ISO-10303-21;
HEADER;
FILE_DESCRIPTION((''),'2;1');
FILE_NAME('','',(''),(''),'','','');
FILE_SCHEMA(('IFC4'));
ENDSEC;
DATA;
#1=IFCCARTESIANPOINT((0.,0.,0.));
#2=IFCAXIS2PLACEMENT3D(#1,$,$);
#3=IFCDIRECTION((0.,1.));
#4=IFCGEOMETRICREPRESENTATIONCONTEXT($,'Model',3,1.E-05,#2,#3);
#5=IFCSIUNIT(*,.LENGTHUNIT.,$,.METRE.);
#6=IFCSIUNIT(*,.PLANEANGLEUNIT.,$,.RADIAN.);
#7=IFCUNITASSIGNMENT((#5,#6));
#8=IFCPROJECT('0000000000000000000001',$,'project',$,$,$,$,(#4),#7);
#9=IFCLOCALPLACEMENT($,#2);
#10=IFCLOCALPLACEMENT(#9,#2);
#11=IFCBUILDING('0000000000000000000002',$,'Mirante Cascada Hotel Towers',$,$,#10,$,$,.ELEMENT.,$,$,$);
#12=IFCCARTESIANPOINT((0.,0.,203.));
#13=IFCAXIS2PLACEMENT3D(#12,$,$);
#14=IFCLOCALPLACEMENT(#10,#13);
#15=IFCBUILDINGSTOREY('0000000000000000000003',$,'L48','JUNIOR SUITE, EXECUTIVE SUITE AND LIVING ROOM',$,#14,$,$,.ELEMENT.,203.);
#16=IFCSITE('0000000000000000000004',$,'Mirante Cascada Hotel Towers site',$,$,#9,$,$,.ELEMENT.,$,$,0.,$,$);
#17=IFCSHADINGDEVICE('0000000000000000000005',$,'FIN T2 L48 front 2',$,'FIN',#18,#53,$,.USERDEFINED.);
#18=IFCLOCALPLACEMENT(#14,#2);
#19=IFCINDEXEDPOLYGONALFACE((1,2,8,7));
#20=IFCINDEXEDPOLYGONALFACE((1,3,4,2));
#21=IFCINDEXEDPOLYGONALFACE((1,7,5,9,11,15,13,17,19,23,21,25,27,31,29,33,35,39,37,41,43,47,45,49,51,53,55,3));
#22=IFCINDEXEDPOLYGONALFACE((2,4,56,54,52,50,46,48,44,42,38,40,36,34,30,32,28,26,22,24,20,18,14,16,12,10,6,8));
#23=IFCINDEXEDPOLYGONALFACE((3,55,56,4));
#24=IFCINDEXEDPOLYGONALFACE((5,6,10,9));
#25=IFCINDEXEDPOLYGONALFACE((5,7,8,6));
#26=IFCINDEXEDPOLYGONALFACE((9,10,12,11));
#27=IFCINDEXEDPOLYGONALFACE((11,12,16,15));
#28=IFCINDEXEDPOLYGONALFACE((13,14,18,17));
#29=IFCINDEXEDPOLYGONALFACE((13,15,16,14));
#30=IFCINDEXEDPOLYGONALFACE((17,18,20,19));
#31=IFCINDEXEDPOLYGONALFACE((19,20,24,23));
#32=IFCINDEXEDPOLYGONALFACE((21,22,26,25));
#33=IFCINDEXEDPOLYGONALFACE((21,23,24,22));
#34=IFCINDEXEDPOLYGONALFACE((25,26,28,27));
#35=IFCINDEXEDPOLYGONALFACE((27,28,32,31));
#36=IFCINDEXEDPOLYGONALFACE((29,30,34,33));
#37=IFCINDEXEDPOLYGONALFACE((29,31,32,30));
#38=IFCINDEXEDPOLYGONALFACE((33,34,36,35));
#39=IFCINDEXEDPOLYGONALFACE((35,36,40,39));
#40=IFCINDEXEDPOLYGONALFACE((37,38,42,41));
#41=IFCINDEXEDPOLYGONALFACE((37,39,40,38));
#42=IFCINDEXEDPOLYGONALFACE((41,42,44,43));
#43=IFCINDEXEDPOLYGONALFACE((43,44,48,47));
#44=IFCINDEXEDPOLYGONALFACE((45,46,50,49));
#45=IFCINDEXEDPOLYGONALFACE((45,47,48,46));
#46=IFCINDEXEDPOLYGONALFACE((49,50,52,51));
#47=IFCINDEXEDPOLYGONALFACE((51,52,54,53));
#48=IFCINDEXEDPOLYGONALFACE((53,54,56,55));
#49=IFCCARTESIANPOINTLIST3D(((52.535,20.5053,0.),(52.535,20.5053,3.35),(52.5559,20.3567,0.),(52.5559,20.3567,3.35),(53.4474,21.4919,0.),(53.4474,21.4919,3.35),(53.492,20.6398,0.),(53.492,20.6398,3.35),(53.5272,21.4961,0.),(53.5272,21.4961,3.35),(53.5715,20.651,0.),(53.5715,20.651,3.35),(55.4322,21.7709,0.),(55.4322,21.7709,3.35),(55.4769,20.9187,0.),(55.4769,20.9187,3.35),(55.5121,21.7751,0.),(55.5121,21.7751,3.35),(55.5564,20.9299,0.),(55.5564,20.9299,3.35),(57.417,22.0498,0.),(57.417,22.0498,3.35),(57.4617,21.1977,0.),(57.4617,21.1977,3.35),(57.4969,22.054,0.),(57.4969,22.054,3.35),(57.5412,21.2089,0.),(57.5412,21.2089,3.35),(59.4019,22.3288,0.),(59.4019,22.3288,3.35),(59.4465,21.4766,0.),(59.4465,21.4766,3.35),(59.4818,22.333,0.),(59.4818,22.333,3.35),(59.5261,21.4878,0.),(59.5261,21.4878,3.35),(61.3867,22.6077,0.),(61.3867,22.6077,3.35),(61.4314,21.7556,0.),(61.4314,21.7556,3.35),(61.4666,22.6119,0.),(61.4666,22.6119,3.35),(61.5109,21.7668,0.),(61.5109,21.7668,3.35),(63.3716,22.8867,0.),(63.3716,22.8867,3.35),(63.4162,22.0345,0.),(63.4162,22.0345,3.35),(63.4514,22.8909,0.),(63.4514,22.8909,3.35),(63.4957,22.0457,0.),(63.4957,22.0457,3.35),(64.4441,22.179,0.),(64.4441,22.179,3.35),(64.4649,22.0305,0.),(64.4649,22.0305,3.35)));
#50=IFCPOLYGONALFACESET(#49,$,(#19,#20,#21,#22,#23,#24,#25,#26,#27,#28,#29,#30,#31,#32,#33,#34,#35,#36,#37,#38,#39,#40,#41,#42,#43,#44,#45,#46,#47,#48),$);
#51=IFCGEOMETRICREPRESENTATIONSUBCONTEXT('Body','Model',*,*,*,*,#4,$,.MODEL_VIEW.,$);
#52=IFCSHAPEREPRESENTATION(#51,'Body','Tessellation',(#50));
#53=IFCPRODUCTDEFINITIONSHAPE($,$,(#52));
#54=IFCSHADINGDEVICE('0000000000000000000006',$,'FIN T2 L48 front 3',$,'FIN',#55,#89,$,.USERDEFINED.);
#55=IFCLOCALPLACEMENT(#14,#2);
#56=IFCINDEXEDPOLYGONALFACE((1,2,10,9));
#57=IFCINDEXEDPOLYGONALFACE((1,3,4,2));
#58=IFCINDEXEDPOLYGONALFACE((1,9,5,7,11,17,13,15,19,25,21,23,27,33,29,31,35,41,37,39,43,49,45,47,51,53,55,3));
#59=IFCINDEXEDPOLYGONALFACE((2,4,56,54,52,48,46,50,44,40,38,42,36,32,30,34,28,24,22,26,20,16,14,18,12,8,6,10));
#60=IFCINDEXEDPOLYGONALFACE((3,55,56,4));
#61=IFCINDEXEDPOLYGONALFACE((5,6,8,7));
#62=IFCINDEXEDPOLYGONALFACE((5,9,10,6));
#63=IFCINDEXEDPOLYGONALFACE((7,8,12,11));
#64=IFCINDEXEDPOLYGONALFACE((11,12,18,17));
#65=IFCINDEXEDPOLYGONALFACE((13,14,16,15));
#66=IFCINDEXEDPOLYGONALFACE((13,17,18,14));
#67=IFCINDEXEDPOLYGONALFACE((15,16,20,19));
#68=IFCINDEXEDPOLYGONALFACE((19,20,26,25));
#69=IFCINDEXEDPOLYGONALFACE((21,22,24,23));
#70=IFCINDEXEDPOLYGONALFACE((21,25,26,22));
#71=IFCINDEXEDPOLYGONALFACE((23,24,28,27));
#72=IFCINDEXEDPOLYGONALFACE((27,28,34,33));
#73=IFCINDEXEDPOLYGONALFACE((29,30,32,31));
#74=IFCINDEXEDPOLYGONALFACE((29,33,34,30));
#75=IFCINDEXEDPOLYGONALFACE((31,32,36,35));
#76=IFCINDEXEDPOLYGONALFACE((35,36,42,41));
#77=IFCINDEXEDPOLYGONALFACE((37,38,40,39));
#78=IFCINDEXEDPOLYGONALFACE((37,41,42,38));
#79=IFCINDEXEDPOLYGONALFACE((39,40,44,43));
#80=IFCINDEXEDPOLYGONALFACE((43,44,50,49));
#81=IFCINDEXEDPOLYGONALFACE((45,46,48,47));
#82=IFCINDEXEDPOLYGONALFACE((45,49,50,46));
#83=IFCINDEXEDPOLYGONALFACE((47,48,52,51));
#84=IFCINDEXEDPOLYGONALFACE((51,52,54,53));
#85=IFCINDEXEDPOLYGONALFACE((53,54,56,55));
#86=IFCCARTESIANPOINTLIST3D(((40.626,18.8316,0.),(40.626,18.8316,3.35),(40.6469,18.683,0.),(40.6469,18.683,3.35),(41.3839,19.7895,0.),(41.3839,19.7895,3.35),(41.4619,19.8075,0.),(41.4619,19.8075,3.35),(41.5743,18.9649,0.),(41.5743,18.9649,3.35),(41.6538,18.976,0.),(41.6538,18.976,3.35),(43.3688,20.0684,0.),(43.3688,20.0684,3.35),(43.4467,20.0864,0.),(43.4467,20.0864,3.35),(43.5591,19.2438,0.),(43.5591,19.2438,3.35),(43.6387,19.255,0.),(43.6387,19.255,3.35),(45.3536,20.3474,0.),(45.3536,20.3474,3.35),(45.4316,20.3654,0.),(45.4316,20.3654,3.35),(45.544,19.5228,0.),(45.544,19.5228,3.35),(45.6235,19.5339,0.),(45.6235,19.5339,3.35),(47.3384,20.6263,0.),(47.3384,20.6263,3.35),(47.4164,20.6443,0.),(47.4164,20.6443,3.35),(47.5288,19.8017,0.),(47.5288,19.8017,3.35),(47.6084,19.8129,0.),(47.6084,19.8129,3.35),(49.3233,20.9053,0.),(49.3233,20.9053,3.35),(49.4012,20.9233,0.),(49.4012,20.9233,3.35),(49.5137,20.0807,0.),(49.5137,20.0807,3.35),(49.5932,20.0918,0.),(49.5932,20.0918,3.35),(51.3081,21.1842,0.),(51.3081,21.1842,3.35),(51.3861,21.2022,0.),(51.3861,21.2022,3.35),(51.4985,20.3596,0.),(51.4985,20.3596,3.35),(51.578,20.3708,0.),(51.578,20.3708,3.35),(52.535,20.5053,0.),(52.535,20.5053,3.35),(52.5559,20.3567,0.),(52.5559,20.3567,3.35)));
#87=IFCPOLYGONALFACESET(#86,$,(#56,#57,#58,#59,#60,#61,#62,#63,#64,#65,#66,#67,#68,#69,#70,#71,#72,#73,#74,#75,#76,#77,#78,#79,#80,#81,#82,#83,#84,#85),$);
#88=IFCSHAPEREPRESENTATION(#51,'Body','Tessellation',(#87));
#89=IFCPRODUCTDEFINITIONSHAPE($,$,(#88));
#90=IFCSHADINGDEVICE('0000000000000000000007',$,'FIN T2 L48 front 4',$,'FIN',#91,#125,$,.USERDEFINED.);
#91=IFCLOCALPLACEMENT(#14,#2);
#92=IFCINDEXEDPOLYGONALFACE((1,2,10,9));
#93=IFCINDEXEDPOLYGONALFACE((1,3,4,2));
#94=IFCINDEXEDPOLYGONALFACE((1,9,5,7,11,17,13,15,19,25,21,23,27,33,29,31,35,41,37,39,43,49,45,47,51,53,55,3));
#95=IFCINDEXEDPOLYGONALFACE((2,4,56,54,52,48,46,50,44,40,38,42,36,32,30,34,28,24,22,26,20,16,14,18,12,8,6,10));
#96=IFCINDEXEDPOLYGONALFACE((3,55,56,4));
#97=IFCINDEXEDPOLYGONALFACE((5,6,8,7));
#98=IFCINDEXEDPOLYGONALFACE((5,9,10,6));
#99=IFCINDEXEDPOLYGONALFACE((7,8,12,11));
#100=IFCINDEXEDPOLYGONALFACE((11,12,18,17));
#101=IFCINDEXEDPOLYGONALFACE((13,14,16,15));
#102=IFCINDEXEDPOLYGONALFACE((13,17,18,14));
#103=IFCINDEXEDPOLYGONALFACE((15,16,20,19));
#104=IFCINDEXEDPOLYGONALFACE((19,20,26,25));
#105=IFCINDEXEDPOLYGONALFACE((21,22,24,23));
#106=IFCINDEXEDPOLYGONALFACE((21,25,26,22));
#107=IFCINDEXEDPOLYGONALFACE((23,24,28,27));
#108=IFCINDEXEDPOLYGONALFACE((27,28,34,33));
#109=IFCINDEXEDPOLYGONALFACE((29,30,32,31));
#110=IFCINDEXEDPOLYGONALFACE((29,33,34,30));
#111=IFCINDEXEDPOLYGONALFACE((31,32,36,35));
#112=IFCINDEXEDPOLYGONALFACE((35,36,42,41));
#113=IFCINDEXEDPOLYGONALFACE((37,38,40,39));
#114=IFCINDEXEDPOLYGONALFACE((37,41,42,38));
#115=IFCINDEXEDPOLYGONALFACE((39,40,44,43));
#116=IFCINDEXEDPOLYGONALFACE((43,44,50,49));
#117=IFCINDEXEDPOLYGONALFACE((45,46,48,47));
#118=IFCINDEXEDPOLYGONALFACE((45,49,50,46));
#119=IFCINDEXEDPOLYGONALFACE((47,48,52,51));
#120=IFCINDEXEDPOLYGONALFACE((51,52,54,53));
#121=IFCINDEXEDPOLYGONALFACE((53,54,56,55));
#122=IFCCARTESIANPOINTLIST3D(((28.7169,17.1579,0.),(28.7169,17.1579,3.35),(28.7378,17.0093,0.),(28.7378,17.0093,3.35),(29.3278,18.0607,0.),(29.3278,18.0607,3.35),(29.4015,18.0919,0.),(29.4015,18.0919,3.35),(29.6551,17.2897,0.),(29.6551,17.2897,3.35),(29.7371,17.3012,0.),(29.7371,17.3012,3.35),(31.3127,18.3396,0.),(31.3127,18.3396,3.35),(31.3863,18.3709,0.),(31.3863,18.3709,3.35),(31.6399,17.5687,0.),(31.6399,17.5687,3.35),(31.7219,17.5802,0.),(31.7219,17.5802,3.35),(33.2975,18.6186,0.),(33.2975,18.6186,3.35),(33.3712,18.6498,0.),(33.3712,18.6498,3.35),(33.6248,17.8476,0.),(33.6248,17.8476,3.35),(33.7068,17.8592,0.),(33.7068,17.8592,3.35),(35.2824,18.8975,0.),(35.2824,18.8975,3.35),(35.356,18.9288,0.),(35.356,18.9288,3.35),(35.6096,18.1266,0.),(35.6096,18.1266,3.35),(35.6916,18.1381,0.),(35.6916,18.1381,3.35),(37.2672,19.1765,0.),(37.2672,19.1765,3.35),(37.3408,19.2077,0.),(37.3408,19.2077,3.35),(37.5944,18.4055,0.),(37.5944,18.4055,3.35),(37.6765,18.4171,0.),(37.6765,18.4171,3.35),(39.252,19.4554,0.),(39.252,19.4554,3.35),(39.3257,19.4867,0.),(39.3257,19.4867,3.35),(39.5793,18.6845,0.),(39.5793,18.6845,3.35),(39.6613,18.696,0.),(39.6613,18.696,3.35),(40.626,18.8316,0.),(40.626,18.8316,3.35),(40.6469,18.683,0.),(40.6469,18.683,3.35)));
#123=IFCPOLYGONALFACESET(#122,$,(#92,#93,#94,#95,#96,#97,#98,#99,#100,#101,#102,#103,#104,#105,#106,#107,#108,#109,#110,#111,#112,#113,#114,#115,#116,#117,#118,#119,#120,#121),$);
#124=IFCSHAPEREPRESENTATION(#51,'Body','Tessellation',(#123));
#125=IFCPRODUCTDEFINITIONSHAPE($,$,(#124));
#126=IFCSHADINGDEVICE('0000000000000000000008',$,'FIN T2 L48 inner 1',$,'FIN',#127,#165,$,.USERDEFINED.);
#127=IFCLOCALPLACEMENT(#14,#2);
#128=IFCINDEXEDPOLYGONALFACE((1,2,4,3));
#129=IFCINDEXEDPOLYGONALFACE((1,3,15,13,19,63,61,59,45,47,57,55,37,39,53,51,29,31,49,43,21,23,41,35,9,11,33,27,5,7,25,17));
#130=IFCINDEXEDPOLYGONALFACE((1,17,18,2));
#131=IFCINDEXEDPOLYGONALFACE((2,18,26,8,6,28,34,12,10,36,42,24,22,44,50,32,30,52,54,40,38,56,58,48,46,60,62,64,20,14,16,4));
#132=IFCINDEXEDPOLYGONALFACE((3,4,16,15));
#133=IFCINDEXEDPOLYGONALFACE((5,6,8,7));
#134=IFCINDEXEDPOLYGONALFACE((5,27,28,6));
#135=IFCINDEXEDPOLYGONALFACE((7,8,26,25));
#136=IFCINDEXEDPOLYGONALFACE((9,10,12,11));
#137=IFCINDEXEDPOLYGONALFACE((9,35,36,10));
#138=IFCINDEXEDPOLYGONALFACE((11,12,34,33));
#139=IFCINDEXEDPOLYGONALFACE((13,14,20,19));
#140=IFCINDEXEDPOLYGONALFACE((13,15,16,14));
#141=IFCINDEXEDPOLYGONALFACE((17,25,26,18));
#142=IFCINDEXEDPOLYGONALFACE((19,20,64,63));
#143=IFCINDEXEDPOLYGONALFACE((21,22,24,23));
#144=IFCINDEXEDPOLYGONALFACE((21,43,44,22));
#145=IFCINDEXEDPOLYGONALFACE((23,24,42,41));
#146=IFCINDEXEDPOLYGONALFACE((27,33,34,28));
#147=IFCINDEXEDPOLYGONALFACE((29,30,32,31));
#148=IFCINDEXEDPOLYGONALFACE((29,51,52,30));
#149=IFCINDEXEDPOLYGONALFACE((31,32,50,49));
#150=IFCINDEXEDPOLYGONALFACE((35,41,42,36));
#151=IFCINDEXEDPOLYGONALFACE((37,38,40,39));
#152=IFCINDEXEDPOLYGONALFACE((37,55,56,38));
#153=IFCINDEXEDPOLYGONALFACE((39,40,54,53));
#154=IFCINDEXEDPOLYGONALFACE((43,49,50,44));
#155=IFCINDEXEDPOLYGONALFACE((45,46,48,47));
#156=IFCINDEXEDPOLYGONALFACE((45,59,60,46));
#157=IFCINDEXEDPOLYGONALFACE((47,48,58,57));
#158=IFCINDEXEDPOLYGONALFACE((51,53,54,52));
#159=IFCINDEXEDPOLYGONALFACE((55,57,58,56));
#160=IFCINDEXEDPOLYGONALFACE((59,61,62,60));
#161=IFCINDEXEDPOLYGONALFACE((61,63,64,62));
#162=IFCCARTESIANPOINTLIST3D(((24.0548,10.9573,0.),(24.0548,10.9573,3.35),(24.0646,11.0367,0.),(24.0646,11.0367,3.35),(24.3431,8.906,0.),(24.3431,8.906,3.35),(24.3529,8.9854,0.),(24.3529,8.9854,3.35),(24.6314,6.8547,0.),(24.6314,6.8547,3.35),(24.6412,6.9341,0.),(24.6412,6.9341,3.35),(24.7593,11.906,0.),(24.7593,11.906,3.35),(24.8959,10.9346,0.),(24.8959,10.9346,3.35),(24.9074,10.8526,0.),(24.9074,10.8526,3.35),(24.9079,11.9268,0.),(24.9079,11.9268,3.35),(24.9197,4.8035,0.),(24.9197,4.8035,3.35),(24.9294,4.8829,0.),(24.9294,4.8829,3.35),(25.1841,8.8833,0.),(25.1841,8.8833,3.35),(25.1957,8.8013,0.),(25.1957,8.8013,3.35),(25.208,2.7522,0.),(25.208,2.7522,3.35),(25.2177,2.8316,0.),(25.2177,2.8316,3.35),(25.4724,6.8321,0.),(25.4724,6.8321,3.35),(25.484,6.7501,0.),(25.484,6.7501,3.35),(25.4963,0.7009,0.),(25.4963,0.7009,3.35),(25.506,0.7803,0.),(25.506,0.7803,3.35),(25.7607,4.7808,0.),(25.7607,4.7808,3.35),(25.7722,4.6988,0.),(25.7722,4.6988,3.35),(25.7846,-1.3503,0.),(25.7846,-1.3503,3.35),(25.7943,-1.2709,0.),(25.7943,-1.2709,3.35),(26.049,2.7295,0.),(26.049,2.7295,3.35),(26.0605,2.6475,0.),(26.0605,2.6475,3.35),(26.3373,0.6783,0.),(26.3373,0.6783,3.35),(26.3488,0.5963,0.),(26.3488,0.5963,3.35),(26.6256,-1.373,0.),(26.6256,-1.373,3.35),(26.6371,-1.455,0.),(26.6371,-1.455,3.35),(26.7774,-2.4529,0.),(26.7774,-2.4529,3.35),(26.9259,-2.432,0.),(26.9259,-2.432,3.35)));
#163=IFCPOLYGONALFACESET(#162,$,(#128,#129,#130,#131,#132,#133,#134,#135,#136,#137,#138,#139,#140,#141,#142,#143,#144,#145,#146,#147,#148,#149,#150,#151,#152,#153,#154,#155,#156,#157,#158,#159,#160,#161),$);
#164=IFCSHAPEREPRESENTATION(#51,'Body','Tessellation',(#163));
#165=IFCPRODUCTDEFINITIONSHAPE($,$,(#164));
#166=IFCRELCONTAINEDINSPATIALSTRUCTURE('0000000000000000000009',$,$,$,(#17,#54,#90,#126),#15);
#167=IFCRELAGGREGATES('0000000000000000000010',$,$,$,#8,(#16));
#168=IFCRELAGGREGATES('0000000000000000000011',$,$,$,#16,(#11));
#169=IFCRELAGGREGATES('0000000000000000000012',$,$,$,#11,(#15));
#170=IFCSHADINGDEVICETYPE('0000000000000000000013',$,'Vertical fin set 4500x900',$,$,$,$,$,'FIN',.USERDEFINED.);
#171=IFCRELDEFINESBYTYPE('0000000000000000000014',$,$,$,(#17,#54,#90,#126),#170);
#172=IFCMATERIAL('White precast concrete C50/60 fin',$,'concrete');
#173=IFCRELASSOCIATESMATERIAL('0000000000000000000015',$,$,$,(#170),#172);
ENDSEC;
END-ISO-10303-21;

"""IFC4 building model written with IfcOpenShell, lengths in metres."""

from ifc_helpers import new_model, si_unit, direction, frame, origin, place, context, subcontext, project, spatial, polyline, outline, extrude, material, type_object, element, save


model = new_model("IFC4")

# Units and contexts
model_context = context("Model", 3, precision=1e-05, world=origin(), true_north=direction((0.0, 1.0)))
body_context = subcontext(model_context, "Body", "Model", "MODEL_VIEW")
ifc_project = project(units=[si_unit("LENGTHUNIT", "METRE"), si_unit("PLANEANGLEUNIT", "RADIAN")], contexts=[model_context])

# Site, building, storey
site_placement = place(None, origin())
site = spatial("IfcSite", under=ifc_project, at=site_placement, Name="Mirante Cascada Hotel Towers site", CompositionType="ELEMENT", RefElevation=0.0)
building_placement = place(site_placement, origin())
building = spatial("IfcBuilding", under=site, at=building_placement, Name="Mirante Cascada Hotel Towers", CompositionType="ELEMENT")
storey_placement = place(building_placement, frame((0.0, 0.0, 203.0)))
storey = spatial("IfcBuildingStorey", under=building, at=storey_placement, Name="L48", Description="JUNIOR SUITE, EXECUTIVE SUITE AND LIVING ROOM", CompositionType="ELEMENT", Elevation=203.0)

# Shading devices
ifc_material_1 = material(Name="White precast concrete C50/60 fin", Category="concrete")
shading_device_type = type_object("IfcShadingDeviceType", Name="Vertical fin set 4500x900", ElementType="FIN", PredefinedType="USERDEFINED", material=ifc_material_1)
shading_device_1_placement = place(storey_placement, origin())
element("IfcShadingDevice", 1, at=shading_device_1_placement, inside=storey, type_object=shading_device_type, Name="FIN T2 L48 front 2", ObjectType="FIN", PredefinedType="USERDEFINED", context=body_context, shape_type="SweptSolid", body=[
    extrude(outline(polyline([(53.5272, 21.4961), (53.5715, 20.651), (55.4769, 20.9187), (55.4322, 21.7709), (55.5121, 21.7751), (55.5564, 20.9299), (57.4617, 21.1977), (57.417, 22.0498), (57.4969, 22.054), (57.5412, 21.2089), (59.4465, 21.4766), (59.4019, 22.3288), (59.4818, 22.333), (59.5261, 21.4878), (61.4314, 21.7556), (61.3867, 22.6077), (61.4666, 22.6119), (61.5109, 21.7668), (63.4162, 22.0345), (63.3716, 22.8867), (63.4514, 22.8909), (63.4957, 22.0457), (64.4441, 22.179), (64.4649, 22.0305), (52.5559, 20.3567), (52.535, 20.5053), (53.492, 20.6398), (53.4474, 21.4919), (53.5272, 21.4961)])), origin(), (0.0, 0.0, 1.0), 3.35),
])
shading_device_2_placement = place(storey_placement, origin())
element("IfcShadingDevice", 2, at=shading_device_2_placement, inside=storey, type_object=shading_device_type, Name="FIN T2 L48 front 3", ObjectType="FIN", PredefinedType="USERDEFINED", context=body_context, shape_type="SweptSolid", body=[
    extrude(outline(polyline([(41.4619, 19.8075), (41.6538, 18.976), (43.5591, 19.2438), (43.3688, 20.0684), (43.4467, 20.0864), (43.6387, 19.255), (45.544, 19.5228), (45.3536, 20.3474), (45.4316, 20.3654), (45.6235, 19.5339), (47.5288, 19.8017), (47.3384, 20.6263), (47.4164, 20.6443), (47.6084, 19.8129), (49.5137, 20.0807), (49.3233, 20.9053), (49.4012, 20.9233), (49.5932, 20.0918), (51.4985, 20.3596), (51.3081, 21.1842), (51.3861, 21.2022), (51.578, 20.3708), (52.535, 20.5053), (52.5559, 20.3567), (40.6469, 18.683), (40.626, 18.8316), (41.5743, 18.9649), (41.3839, 19.7895), (41.4619, 19.8075)])), origin(), (0.0, 0.0, 1.0), 3.35),
])
shading_device_3_placement = place(storey_placement, origin())
element("IfcShadingDevice", 3, at=shading_device_3_placement, inside=storey, type_object=shading_device_type, Name="FIN T2 L48 front 4", ObjectType="FIN", PredefinedType="USERDEFINED", context=body_context, shape_type="SweptSolid", body=[
    extrude(outline(polyline([(29.4015, 18.0919), (29.7371, 17.3012), (31.6399, 17.5687), (31.3127, 18.3396), (31.3863, 18.3709), (31.7219, 17.5802), (33.6248, 17.8476), (33.2975, 18.6186), (33.3712, 18.6498), (33.7068, 17.8592), (35.6096, 18.1266), (35.2824, 18.8975), (35.356, 18.9288), (35.6916, 18.1381), (37.5944, 18.4055), (37.2672, 19.1765), (37.3408, 19.2077), (37.6765, 18.4171), (39.5793, 18.6845), (39.252, 19.4554), (39.3257, 19.4867), (39.6613, 18.696), (40.626, 18.8316), (40.6469, 18.683), (28.7378, 17.0093), (28.7169, 17.1579), (29.6551, 17.2897), (29.3278, 18.0607), (29.4015, 18.0919)])), origin(), (0.0, 0.0, 1.0), 3.35),
])
shading_device_4_placement = place(storey_placement, origin())
element("IfcShadingDevice", 4, at=shading_device_4_placement, inside=storey, type_object=shading_device_type, Name="FIN T2 L48 inner 1", ObjectType="FIN", PredefinedType="USERDEFINED", context=body_context, shape_type="SweptSolid", body=[
    extrude(outline(polyline([(25.7943, -1.2709), (26.6256, -1.373), (26.3488, 0.5963), (25.4963, 0.7009), (25.506, 0.7803), (26.3373, 0.6783), (26.0605, 2.6475), (25.208, 2.7522), (25.2177, 2.8316), (26.049, 2.7295), (25.7722, 4.6988), (24.9197, 4.8035), (24.9294, 4.8829), (25.7607, 4.7808), (25.484, 6.7501), (24.6314, 6.8547), (24.6412, 6.9341), (25.4724, 6.8321), (25.1957, 8.8013), (24.3431, 8.906), (24.3529, 8.9854), (25.1841, 8.8833), (24.9074, 10.8526), (24.0548, 10.9573), (24.0646, 11.0367), (24.8959, 10.9346), (24.7593, 11.906), (24.9079, 11.9268), (26.9259, -2.432), (26.7774, -2.4529), (26.6371, -1.455), (25.7846, -1.3503), (25.7943, -1.2709)])), origin(), (0.0, 0.0, 1.0), 3.35),
])

save(model, "model.ifc")
